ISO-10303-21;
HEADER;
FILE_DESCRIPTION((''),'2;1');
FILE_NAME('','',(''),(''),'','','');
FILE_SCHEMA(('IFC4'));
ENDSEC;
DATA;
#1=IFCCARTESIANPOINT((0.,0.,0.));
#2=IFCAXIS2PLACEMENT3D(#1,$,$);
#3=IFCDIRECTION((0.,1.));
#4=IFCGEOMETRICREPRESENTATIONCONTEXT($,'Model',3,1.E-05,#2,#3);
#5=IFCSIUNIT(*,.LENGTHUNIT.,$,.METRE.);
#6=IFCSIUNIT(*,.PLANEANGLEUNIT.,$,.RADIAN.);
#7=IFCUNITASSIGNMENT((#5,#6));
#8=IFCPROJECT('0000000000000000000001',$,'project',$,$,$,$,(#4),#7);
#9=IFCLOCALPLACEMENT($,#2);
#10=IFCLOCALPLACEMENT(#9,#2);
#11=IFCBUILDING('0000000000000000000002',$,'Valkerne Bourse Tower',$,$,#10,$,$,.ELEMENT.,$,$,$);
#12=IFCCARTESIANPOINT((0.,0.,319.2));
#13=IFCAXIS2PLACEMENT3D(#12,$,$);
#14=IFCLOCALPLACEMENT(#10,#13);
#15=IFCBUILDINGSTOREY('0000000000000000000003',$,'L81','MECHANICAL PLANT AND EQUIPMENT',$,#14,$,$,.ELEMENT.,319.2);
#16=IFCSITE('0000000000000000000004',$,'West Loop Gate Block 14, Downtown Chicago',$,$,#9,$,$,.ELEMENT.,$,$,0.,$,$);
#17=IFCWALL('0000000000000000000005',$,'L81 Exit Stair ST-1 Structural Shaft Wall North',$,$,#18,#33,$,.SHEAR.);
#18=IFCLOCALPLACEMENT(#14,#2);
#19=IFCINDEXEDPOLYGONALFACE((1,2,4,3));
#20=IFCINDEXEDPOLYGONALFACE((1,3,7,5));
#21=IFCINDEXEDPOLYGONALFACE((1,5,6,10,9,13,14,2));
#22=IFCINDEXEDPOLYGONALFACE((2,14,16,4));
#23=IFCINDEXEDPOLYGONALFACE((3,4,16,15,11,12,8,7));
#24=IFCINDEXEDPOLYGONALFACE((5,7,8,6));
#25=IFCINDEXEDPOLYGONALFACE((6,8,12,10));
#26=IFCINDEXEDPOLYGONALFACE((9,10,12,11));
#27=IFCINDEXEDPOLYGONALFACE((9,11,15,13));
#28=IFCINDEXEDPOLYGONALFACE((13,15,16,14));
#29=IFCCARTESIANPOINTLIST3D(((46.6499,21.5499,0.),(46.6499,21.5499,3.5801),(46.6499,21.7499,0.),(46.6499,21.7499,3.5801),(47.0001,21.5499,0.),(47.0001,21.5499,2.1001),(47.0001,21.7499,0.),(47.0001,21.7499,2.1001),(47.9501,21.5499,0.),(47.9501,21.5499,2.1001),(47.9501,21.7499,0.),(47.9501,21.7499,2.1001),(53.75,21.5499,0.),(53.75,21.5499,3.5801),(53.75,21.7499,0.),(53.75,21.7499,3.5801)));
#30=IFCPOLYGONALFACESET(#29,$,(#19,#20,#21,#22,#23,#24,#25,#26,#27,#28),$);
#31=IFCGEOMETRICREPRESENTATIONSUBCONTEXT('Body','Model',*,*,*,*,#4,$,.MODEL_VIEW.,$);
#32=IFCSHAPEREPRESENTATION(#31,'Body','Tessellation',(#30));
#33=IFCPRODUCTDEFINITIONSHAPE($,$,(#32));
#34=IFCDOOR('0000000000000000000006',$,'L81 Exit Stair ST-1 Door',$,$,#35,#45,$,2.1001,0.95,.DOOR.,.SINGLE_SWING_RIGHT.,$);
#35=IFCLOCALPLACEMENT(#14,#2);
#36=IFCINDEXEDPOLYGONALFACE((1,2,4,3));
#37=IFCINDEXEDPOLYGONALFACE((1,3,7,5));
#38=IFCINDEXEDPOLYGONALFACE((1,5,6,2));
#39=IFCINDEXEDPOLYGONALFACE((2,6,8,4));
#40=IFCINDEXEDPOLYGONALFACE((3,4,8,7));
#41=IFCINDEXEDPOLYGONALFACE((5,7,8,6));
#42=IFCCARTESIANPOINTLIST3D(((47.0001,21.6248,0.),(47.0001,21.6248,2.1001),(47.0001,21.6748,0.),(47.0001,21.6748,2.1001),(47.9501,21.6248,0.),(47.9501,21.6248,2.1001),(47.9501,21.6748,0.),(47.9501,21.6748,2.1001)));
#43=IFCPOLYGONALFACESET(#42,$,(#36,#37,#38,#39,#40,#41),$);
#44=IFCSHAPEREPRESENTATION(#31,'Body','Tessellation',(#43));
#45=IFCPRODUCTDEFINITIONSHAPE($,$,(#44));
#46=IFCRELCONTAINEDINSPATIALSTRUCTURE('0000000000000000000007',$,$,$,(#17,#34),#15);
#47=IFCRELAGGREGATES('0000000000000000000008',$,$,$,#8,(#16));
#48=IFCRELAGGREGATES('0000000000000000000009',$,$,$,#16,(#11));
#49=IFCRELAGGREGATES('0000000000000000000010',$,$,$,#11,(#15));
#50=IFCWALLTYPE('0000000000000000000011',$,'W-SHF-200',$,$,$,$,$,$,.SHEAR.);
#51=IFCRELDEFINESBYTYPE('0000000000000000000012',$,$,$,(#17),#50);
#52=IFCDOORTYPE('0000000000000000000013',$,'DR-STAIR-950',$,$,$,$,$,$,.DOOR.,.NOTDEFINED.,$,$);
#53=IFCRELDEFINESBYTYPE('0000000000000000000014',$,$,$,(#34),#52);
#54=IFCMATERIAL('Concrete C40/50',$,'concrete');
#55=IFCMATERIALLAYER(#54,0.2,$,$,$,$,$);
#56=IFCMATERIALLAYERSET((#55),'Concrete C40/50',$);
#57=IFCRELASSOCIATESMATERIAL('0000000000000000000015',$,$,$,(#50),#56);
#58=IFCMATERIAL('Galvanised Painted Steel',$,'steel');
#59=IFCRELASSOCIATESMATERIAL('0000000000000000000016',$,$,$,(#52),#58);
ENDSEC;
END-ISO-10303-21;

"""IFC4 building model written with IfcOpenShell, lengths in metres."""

from ifc_helpers import new_model, si_unit, direction, frame, frame_2d, origin, place, context, subcontext, project, spatial, rectangle, extrude, material, layer, layer_set, type_object, element, fill, save


model = new_model("IFC4")

# Units and contexts
model_context = context("Model", 3, precision=1e-05, world=origin(), true_north=direction((0.0, 1.0)))
body_context = subcontext(model_context, "Body", "Model", "MODEL_VIEW")
ifc_project = project(units=[si_unit("LENGTHUNIT", "METRE"), si_unit("PLANEANGLEUNIT", "RADIAN")], contexts=[model_context])

# Site, building, storey
site_placement = place(None, origin())
site = spatial("IfcSite", under=ifc_project, at=site_placement, Name="West Loop Gate Block 14, Downtown Chicago", CompositionType="ELEMENT", RefElevation=0.0)
building_placement = place(site_placement, origin())
building = spatial("IfcBuilding", under=site, at=building_placement, Name="Valkerne Bourse Tower", CompositionType="ELEMENT")
storey_placement = place(building_placement, frame((0.0, 0.0, 319.2)))
storey = spatial("IfcBuildingStorey", under=building, at=storey_placement, Name="L81", Description="MECHANICAL PLANT AND EQUIPMENT", CompositionType="ELEMENT", Elevation=319.2)

# Wall, opening, door
ifc_material_1 = material(Name="Concrete C40/50", Category="concrete")
ifc_layer_1 = layer(ifc_material_1, 0.2)
ifc_layer_set_1 = layer_set([ifc_layer_1], Name="Concrete C40/50")
wall_type_1 = type_object("IfcWallType", Name="W-SHF-200", PredefinedType="SHEAR", material=ifc_layer_set_1)
wall_1_placement = place(storey_placement, frame((46.6499, 21.6499, 0.0), z_axis=(0.0, 0.0, 1.0), x_axis=(1.0, 0.0, 0.0)))
wall_1 = element("IfcWall", 1, at=wall_1_placement, inside=storey, type_object=wall_type_1, Name="L81 Exit Stair ST-1 Structural Shaft Wall North", PredefinedType="SHEAR", context=body_context, shape_type="SweptSolid", body=[
    extrude(rectangle(XDim=7.1001, YDim=0.2, at=frame_2d((3.55, 0.0))), origin(), (0.0, 0.0, 1.0), 3.5801),
])
opening_placement = place(wall_1_placement, frame((0.3501, 0.0, 0.0)))
opening = element("IfcOpeningElement", 2, at=opening_placement, cuts=wall_1, PredefinedType="OPENING", context=body_context, shape_type="SweptSolid", body=[
    extrude(rectangle(XDim=0.95, YDim=2.1001, at=frame_2d((0.4751, 1.05))), frame((0.0, 0.1099, 0.0), z_axis=(0.0, -1.0, 0.0), x_axis=(1.0, 0.0, 0.0)), (0.0, 0.0, 1.0), 0.22),
])
ifc_material_2 = material(Name="Galvanised Painted Steel", Category="steel")
door_type = type_object("IfcDoorType", Name="DR-STAIR-950", OperationType="NOTDEFINED", PredefinedType="DOOR", material=ifc_material_2)
door_placement = place(opening_placement, origin())
door = element("IfcDoor", 3, at=door_placement, inside=storey, type_object=door_type, Name="L81 Exit Stair ST-1 Door", OperationType="SINGLE_SWING_RIGHT", OverallHeight=2.1001, OverallWidth=0.95, PredefinedType="DOOR", context=body_context, shape_type="SweptSolid", body=[
    extrude(rectangle(XDim=0.95, YDim=2.1001, at=frame_2d((0.4751, 1.05))), frame((0.0, 0.0249, 0.0), z_axis=(0.0, -1.0, 0.0), x_axis=(1.0, 0.0, 0.0)), (0.0, 0.0, 1.0), 0.05),
])
fill(opening, door)

save(model, "model.ifc")
